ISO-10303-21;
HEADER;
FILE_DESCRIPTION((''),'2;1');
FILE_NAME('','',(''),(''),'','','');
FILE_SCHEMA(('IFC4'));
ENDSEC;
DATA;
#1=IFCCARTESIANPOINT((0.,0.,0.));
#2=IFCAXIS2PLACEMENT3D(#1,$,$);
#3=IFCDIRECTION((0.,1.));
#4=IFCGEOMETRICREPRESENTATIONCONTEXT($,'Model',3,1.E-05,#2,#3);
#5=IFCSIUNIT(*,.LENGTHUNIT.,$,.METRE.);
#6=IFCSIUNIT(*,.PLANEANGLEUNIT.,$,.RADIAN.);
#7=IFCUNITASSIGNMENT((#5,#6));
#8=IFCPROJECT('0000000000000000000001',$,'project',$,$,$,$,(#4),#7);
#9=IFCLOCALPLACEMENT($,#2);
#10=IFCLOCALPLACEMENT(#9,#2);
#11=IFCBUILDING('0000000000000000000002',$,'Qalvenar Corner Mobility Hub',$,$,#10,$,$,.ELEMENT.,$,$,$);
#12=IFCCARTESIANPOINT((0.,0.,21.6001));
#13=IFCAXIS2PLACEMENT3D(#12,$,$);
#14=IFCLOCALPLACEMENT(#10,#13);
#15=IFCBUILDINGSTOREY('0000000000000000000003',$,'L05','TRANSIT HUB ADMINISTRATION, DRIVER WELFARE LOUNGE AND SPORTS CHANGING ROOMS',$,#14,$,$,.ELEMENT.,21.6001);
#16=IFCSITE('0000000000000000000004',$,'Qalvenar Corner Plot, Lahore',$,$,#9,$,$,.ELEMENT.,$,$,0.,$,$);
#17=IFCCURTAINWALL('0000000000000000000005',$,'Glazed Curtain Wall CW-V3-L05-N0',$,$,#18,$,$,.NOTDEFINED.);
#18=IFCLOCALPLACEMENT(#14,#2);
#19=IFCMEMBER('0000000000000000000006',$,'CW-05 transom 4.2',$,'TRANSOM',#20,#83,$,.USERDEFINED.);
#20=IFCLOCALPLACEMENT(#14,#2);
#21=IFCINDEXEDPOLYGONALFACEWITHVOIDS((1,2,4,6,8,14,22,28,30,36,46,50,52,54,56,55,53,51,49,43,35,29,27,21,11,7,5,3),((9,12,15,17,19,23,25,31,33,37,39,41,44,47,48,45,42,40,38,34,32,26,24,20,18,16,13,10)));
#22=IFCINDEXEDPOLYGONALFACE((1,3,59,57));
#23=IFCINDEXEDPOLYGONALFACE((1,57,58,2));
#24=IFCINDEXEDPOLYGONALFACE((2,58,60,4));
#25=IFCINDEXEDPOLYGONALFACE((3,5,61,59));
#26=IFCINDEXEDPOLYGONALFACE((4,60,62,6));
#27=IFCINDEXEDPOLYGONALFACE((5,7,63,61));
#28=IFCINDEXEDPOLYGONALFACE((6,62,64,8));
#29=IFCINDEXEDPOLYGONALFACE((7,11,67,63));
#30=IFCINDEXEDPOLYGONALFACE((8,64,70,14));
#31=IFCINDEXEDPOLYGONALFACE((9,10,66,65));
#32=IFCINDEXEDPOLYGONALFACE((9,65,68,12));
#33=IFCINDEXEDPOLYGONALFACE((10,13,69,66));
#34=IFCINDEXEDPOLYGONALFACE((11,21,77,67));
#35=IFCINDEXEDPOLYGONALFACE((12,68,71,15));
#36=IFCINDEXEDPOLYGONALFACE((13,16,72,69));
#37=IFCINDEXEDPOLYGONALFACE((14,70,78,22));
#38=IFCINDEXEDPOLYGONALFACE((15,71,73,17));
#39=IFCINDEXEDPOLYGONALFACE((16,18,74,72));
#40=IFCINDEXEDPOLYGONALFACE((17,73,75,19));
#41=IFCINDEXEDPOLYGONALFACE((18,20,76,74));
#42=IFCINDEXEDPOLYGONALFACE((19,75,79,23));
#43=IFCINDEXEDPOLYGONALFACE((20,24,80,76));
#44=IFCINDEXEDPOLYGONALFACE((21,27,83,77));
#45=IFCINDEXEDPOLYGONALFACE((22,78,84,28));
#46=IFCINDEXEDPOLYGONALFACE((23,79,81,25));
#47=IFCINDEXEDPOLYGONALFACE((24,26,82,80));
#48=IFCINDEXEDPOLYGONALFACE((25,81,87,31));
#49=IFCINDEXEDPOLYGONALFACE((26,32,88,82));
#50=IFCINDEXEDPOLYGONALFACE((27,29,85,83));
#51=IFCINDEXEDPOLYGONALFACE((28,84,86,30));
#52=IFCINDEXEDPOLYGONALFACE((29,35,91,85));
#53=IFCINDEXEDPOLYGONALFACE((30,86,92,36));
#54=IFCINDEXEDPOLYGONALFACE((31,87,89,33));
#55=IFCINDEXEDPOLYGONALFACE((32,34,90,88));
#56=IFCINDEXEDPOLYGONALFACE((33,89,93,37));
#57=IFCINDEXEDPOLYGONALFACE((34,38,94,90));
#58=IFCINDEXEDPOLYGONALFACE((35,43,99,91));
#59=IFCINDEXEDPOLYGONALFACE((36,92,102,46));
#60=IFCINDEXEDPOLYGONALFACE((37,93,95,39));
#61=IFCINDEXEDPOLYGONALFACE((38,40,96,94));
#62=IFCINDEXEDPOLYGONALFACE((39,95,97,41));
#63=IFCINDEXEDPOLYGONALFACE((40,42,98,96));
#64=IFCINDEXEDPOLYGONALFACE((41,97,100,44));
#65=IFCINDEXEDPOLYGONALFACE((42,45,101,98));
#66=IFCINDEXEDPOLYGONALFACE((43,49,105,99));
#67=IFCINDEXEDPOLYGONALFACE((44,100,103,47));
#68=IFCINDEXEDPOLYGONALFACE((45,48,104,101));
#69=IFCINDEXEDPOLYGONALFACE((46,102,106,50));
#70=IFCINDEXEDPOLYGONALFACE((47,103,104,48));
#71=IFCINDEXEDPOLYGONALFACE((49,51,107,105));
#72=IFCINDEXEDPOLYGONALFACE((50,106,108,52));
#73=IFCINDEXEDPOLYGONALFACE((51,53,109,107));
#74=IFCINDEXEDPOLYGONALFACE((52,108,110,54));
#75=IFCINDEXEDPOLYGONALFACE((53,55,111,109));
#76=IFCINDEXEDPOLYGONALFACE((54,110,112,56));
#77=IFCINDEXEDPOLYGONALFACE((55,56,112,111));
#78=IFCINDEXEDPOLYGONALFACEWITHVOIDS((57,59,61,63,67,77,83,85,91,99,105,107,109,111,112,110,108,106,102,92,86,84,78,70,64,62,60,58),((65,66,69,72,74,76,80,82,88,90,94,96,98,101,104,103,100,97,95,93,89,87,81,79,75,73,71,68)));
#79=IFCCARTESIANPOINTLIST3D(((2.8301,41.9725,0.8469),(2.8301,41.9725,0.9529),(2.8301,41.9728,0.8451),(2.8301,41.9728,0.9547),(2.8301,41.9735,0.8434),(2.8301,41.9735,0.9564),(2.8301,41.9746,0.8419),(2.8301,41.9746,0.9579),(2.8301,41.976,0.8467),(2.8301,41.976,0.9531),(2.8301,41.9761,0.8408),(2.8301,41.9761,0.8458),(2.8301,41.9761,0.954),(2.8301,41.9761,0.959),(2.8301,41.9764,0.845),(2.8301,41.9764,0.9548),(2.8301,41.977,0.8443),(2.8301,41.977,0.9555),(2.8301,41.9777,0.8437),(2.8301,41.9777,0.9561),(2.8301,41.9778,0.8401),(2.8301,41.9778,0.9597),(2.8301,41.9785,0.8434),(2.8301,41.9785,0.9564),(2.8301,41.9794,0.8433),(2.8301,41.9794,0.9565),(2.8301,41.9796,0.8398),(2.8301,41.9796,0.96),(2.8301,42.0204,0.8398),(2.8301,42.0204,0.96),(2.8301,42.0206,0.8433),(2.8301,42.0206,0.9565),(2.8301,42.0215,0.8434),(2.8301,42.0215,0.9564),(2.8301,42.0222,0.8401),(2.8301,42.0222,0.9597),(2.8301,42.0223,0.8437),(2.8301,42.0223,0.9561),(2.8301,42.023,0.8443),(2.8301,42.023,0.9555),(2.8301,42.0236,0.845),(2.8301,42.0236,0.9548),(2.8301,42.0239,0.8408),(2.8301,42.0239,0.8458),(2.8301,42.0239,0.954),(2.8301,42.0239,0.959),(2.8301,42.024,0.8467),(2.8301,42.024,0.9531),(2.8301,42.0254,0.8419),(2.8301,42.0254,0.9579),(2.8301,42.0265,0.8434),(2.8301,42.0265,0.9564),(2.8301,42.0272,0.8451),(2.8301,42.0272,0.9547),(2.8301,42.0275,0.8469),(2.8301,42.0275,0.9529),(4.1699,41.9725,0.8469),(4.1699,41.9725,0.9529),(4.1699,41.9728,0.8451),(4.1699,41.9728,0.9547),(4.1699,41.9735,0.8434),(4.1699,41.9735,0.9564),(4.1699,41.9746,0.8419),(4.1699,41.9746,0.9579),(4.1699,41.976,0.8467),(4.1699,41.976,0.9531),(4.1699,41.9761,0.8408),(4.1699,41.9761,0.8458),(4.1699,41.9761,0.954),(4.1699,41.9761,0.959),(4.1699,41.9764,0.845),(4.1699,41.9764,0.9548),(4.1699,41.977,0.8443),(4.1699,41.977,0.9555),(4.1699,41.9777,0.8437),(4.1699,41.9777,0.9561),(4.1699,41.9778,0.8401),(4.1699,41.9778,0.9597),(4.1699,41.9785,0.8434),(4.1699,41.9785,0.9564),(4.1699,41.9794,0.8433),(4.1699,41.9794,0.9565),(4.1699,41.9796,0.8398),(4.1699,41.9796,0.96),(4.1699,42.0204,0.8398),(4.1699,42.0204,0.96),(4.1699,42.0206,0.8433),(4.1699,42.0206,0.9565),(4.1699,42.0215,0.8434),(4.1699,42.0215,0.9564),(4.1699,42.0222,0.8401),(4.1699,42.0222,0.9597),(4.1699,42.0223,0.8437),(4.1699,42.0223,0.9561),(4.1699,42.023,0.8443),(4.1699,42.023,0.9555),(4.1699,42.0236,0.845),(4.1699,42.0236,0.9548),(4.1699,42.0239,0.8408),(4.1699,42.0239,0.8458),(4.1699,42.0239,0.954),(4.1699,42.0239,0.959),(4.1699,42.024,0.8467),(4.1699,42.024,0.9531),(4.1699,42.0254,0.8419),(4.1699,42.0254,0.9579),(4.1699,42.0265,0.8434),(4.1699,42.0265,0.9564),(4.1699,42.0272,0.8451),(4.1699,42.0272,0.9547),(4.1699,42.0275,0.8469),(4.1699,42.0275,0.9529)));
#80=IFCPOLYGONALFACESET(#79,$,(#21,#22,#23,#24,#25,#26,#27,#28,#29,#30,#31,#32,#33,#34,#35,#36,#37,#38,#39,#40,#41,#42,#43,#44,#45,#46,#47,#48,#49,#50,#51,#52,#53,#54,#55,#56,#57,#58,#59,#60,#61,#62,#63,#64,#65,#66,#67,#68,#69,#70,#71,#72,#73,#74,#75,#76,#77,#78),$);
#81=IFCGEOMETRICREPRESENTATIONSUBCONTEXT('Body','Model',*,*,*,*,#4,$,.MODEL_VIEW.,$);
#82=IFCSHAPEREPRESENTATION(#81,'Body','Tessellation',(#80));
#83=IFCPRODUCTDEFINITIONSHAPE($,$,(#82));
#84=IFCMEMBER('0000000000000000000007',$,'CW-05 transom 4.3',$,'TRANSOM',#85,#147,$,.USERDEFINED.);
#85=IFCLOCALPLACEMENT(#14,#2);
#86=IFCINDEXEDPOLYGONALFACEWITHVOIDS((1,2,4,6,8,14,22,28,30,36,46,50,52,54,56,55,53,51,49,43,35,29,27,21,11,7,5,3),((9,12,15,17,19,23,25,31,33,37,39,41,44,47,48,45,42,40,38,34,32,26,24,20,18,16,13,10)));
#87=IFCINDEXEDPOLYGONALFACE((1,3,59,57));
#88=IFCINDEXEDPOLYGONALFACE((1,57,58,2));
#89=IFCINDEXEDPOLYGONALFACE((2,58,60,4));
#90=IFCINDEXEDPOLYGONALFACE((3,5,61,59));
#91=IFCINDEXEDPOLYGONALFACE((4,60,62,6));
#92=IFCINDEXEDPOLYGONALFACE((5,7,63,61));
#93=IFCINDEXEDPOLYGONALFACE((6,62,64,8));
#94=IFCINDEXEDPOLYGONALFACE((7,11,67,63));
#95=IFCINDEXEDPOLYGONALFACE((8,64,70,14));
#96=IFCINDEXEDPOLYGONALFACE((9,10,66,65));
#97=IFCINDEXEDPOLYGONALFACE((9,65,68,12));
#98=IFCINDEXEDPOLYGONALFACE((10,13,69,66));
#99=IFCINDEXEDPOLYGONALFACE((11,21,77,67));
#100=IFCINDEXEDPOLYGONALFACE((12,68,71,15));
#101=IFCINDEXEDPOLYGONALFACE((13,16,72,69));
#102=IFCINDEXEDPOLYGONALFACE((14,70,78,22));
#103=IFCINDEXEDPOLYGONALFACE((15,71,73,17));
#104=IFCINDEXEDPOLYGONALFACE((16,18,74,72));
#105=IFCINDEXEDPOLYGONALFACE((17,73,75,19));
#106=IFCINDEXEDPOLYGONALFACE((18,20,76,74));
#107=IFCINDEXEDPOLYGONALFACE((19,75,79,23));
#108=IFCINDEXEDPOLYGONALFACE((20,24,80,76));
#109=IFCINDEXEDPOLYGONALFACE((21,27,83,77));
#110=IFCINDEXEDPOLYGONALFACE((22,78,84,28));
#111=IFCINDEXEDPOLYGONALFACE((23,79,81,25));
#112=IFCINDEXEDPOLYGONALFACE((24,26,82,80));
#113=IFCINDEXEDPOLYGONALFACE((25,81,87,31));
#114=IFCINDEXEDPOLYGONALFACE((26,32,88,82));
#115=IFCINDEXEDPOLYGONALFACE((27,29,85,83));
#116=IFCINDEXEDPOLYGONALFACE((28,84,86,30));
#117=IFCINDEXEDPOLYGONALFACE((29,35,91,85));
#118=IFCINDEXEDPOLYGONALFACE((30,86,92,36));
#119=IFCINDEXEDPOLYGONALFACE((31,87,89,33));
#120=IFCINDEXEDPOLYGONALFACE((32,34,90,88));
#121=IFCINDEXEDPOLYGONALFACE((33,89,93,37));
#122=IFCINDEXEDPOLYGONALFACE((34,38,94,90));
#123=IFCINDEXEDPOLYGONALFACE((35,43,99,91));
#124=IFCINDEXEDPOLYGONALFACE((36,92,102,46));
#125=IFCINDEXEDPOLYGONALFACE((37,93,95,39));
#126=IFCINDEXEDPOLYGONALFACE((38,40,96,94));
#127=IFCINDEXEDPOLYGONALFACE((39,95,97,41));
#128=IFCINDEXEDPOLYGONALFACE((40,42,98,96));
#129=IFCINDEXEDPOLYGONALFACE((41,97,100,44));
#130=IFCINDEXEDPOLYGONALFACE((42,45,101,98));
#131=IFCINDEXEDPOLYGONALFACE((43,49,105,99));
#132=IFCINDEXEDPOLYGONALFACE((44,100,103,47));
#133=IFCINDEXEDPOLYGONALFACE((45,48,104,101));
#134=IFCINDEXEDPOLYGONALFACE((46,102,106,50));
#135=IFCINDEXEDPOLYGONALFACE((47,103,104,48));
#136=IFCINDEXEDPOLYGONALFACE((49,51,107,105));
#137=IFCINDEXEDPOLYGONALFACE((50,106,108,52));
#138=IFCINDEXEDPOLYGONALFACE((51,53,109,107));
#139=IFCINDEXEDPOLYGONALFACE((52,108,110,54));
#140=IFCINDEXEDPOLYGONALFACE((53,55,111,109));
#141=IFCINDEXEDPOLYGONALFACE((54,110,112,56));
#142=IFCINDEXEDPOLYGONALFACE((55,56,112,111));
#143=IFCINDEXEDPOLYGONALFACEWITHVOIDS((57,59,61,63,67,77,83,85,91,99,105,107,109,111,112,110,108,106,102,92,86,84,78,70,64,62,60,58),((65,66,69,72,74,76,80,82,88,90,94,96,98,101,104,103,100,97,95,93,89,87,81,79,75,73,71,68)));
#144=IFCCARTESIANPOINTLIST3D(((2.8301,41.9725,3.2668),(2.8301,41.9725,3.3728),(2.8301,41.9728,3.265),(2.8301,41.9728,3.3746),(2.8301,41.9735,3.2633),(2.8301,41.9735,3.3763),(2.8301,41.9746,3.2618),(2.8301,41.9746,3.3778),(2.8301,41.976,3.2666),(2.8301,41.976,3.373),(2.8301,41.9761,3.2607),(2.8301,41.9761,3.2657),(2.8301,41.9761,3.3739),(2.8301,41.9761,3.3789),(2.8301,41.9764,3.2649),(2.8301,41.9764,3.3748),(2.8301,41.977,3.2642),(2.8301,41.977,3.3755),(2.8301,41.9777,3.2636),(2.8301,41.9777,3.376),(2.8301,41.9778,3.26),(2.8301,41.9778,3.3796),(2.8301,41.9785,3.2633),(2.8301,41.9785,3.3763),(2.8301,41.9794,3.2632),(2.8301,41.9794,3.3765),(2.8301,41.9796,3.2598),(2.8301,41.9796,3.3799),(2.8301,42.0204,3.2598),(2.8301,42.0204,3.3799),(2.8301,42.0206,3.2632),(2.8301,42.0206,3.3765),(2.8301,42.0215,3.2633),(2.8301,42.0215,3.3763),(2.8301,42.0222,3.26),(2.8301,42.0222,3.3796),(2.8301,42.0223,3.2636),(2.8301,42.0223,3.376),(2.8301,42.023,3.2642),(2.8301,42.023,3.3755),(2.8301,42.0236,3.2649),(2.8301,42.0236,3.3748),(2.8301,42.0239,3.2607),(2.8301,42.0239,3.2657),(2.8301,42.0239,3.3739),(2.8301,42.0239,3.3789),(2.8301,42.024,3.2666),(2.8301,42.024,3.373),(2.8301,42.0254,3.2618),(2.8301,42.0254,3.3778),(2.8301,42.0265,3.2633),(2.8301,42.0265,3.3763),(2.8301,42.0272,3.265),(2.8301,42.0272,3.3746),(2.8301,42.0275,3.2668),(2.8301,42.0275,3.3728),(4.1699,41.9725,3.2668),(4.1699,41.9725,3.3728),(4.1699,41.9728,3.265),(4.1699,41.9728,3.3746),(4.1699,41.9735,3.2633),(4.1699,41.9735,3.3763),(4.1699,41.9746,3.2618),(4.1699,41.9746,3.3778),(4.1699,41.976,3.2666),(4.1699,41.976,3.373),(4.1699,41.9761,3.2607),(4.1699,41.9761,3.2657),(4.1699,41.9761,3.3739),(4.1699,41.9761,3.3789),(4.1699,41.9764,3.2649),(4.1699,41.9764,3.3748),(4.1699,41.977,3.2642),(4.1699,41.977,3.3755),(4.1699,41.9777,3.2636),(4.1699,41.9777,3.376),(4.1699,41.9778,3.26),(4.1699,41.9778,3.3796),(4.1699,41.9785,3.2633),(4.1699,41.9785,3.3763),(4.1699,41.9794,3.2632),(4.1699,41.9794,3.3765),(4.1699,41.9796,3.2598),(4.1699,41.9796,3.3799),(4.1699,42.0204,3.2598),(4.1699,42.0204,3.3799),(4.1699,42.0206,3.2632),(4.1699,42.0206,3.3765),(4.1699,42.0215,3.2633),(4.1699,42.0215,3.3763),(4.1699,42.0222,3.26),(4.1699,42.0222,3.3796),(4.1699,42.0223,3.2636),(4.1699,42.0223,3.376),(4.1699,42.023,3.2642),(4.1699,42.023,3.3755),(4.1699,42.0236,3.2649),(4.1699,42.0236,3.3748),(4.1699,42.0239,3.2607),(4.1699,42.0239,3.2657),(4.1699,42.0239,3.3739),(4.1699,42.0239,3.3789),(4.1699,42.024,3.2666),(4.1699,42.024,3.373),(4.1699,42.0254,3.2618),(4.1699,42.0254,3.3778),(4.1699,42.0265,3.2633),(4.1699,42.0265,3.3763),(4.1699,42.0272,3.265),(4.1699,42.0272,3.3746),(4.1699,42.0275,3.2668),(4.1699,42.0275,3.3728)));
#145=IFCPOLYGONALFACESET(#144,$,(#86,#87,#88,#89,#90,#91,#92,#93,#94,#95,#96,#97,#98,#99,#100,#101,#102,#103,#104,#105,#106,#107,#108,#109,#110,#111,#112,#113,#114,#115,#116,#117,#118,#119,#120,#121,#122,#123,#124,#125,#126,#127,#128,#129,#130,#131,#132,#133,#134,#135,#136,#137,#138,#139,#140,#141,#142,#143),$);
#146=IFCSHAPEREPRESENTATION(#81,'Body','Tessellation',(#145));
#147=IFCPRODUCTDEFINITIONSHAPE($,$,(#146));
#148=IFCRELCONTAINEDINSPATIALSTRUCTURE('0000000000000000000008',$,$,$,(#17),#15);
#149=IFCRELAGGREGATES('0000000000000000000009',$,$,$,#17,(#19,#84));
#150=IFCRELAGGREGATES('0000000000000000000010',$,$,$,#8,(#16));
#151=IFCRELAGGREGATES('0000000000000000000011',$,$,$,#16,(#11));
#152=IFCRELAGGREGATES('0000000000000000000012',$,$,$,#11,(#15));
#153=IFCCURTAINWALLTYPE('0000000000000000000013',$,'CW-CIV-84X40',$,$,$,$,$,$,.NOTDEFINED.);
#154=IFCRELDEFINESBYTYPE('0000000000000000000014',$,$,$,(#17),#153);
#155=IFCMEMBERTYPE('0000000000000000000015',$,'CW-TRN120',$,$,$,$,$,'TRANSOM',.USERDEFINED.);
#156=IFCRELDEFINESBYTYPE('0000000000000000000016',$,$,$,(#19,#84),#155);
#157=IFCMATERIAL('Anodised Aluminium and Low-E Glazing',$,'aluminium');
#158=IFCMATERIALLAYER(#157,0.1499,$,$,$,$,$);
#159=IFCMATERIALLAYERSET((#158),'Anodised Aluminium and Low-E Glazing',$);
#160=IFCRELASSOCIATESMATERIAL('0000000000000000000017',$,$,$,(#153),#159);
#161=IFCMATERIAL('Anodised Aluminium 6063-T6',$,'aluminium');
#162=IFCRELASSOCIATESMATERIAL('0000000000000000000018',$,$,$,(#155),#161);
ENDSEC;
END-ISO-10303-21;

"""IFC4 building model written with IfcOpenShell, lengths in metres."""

from ifc_helpers import new_model, si_unit, direction, frame, origin, origin_2d, place, context, subcontext, project, spatial, hollow_rectangle, extrude, material, layer, layer_set, material_profile, profile_set, type_object, element, aggregate, save


model = new_model("IFC4")

# Units and contexts
model_context = context("Model", 3, precision=1e-05, world=origin(), true_north=direction((0.0, 1.0)))
body_context = subcontext(model_context, "Body", "Model", "MODEL_VIEW")
ifc_project = project(units=[si_unit("LENGTHUNIT", "METRE"), si_unit("PLANEANGLEUNIT", "RADIAN")], contexts=[model_context])

# Site, building, storey
site_placement = place(None, origin())
site = spatial("IfcSite", under=ifc_project, at=site_placement, Name="Qalvenar Corner Plot, Lahore", CompositionType="ELEMENT", RefElevation=0.0)
building_placement = place(site_placement, origin())
building = spatial("IfcBuilding", under=site, at=building_placement, Name="Qalvenar Corner Mobility Hub", CompositionType="ELEMENT")
storey_placement = place(building_placement, frame((0.0, 0.0, 21.6001)))
storey = spatial("IfcBuildingStorey", under=building, at=storey_placement, Name="L05", Description="TRANSIT HUB ADMINISTRATION, DRIVER WELFARE LOUNGE AND SPORTS CHANGING ROOMS", CompositionType="ELEMENT", Elevation=21.6001)

# Curtain wall, members
ifc_material_1 = material(Name="Anodised Aluminium and Low-E Glazing", Category="aluminium")
ifc_layer_1 = layer(ifc_material_1, 0.1499)
ifc_layer_set_1 = layer_set([ifc_layer_1], Name="Anodised Aluminium and Low-E Glazing")
curtain_wall_type = type_object("IfcCurtainWallType", Name="CW-CIV-84X40", PredefinedType="NOTDEFINED", material=ifc_layer_set_1)
curtain_wall_placement = place(storey_placement, origin())
curtain_wall = element("IfcCurtainWall", 1, at=curtain_wall_placement, inside=storey, type_object=curtain_wall_type, Name="Glazed Curtain Wall CW-V3-L05-N0", PredefinedType="NOTDEFINED")
ifc_material_2 = material(Name="Anodised Aluminium 6063-T6", Category="aluminium")
ifc_material_profile_1 = material_profile(ifc_material_2, hollow_rectangle(XDim=0.0549, YDim=0.1201, WallThickness=0.0034, InnerFilletRadius=0.0034, OuterFilletRadius=0.0071, at=origin_2d()), Name="RHS120x55x3.5")
ifc_profile_set_1 = profile_set([ifc_material_profile_1], Name="Anodised Aluminium 6063-T6")
member_type_1 = type_object("IfcMemberType", Name="CW-TRN120", ElementType="TRANSOM", PredefinedType="USERDEFINED", material=ifc_profile_set_1)
member_1_placement = place(storey_placement, frame((4.1699, 42.0, 0.8999), z_axis=(-1.0, 0.0, 0.0), x_axis=(0.0, -1.0, 0.0)))
member_1 = element("IfcMember", 2, at=member_1_placement, type_object=member_type_1, Name="CW-05 transom 4.2", ObjectType="TRANSOM", PredefinedType="USERDEFINED", context=body_context, shape_type="SweptSolid", body=[
    extrude(hollow_rectangle(XDim=0.0549, YDim=0.1201, WallThickness=0.0034, InnerFilletRadius=0.0034, OuterFilletRadius=0.0071, at=origin_2d()), origin(), (0.0, 0.0, 1.0), 1.3398),
])
member_2_placement = place(storey_placement, frame((4.1699, 42.0, 3.3198), z_axis=(-1.0, 0.0, 0.0), x_axis=(0.0, -1.0, 0.0)))
member_2 = element("IfcMember", 3, at=member_2_placement, type_object=member_type_1, Name="CW-05 transom 4.3", ObjectType="TRANSOM", PredefinedType="USERDEFINED", context=body_context, shape_type="SweptSolid", body=[
    extrude(hollow_rectangle(XDim=0.0549, YDim=0.1201, WallThickness=0.0034, InnerFilletRadius=0.0034, OuterFilletRadius=0.0071, at=origin_2d()), origin(), (0.0, 0.0, 1.0), 1.3398),
])
aggregate(curtain_wall, [member_1, member_2])

save(model, "model.ifc")
